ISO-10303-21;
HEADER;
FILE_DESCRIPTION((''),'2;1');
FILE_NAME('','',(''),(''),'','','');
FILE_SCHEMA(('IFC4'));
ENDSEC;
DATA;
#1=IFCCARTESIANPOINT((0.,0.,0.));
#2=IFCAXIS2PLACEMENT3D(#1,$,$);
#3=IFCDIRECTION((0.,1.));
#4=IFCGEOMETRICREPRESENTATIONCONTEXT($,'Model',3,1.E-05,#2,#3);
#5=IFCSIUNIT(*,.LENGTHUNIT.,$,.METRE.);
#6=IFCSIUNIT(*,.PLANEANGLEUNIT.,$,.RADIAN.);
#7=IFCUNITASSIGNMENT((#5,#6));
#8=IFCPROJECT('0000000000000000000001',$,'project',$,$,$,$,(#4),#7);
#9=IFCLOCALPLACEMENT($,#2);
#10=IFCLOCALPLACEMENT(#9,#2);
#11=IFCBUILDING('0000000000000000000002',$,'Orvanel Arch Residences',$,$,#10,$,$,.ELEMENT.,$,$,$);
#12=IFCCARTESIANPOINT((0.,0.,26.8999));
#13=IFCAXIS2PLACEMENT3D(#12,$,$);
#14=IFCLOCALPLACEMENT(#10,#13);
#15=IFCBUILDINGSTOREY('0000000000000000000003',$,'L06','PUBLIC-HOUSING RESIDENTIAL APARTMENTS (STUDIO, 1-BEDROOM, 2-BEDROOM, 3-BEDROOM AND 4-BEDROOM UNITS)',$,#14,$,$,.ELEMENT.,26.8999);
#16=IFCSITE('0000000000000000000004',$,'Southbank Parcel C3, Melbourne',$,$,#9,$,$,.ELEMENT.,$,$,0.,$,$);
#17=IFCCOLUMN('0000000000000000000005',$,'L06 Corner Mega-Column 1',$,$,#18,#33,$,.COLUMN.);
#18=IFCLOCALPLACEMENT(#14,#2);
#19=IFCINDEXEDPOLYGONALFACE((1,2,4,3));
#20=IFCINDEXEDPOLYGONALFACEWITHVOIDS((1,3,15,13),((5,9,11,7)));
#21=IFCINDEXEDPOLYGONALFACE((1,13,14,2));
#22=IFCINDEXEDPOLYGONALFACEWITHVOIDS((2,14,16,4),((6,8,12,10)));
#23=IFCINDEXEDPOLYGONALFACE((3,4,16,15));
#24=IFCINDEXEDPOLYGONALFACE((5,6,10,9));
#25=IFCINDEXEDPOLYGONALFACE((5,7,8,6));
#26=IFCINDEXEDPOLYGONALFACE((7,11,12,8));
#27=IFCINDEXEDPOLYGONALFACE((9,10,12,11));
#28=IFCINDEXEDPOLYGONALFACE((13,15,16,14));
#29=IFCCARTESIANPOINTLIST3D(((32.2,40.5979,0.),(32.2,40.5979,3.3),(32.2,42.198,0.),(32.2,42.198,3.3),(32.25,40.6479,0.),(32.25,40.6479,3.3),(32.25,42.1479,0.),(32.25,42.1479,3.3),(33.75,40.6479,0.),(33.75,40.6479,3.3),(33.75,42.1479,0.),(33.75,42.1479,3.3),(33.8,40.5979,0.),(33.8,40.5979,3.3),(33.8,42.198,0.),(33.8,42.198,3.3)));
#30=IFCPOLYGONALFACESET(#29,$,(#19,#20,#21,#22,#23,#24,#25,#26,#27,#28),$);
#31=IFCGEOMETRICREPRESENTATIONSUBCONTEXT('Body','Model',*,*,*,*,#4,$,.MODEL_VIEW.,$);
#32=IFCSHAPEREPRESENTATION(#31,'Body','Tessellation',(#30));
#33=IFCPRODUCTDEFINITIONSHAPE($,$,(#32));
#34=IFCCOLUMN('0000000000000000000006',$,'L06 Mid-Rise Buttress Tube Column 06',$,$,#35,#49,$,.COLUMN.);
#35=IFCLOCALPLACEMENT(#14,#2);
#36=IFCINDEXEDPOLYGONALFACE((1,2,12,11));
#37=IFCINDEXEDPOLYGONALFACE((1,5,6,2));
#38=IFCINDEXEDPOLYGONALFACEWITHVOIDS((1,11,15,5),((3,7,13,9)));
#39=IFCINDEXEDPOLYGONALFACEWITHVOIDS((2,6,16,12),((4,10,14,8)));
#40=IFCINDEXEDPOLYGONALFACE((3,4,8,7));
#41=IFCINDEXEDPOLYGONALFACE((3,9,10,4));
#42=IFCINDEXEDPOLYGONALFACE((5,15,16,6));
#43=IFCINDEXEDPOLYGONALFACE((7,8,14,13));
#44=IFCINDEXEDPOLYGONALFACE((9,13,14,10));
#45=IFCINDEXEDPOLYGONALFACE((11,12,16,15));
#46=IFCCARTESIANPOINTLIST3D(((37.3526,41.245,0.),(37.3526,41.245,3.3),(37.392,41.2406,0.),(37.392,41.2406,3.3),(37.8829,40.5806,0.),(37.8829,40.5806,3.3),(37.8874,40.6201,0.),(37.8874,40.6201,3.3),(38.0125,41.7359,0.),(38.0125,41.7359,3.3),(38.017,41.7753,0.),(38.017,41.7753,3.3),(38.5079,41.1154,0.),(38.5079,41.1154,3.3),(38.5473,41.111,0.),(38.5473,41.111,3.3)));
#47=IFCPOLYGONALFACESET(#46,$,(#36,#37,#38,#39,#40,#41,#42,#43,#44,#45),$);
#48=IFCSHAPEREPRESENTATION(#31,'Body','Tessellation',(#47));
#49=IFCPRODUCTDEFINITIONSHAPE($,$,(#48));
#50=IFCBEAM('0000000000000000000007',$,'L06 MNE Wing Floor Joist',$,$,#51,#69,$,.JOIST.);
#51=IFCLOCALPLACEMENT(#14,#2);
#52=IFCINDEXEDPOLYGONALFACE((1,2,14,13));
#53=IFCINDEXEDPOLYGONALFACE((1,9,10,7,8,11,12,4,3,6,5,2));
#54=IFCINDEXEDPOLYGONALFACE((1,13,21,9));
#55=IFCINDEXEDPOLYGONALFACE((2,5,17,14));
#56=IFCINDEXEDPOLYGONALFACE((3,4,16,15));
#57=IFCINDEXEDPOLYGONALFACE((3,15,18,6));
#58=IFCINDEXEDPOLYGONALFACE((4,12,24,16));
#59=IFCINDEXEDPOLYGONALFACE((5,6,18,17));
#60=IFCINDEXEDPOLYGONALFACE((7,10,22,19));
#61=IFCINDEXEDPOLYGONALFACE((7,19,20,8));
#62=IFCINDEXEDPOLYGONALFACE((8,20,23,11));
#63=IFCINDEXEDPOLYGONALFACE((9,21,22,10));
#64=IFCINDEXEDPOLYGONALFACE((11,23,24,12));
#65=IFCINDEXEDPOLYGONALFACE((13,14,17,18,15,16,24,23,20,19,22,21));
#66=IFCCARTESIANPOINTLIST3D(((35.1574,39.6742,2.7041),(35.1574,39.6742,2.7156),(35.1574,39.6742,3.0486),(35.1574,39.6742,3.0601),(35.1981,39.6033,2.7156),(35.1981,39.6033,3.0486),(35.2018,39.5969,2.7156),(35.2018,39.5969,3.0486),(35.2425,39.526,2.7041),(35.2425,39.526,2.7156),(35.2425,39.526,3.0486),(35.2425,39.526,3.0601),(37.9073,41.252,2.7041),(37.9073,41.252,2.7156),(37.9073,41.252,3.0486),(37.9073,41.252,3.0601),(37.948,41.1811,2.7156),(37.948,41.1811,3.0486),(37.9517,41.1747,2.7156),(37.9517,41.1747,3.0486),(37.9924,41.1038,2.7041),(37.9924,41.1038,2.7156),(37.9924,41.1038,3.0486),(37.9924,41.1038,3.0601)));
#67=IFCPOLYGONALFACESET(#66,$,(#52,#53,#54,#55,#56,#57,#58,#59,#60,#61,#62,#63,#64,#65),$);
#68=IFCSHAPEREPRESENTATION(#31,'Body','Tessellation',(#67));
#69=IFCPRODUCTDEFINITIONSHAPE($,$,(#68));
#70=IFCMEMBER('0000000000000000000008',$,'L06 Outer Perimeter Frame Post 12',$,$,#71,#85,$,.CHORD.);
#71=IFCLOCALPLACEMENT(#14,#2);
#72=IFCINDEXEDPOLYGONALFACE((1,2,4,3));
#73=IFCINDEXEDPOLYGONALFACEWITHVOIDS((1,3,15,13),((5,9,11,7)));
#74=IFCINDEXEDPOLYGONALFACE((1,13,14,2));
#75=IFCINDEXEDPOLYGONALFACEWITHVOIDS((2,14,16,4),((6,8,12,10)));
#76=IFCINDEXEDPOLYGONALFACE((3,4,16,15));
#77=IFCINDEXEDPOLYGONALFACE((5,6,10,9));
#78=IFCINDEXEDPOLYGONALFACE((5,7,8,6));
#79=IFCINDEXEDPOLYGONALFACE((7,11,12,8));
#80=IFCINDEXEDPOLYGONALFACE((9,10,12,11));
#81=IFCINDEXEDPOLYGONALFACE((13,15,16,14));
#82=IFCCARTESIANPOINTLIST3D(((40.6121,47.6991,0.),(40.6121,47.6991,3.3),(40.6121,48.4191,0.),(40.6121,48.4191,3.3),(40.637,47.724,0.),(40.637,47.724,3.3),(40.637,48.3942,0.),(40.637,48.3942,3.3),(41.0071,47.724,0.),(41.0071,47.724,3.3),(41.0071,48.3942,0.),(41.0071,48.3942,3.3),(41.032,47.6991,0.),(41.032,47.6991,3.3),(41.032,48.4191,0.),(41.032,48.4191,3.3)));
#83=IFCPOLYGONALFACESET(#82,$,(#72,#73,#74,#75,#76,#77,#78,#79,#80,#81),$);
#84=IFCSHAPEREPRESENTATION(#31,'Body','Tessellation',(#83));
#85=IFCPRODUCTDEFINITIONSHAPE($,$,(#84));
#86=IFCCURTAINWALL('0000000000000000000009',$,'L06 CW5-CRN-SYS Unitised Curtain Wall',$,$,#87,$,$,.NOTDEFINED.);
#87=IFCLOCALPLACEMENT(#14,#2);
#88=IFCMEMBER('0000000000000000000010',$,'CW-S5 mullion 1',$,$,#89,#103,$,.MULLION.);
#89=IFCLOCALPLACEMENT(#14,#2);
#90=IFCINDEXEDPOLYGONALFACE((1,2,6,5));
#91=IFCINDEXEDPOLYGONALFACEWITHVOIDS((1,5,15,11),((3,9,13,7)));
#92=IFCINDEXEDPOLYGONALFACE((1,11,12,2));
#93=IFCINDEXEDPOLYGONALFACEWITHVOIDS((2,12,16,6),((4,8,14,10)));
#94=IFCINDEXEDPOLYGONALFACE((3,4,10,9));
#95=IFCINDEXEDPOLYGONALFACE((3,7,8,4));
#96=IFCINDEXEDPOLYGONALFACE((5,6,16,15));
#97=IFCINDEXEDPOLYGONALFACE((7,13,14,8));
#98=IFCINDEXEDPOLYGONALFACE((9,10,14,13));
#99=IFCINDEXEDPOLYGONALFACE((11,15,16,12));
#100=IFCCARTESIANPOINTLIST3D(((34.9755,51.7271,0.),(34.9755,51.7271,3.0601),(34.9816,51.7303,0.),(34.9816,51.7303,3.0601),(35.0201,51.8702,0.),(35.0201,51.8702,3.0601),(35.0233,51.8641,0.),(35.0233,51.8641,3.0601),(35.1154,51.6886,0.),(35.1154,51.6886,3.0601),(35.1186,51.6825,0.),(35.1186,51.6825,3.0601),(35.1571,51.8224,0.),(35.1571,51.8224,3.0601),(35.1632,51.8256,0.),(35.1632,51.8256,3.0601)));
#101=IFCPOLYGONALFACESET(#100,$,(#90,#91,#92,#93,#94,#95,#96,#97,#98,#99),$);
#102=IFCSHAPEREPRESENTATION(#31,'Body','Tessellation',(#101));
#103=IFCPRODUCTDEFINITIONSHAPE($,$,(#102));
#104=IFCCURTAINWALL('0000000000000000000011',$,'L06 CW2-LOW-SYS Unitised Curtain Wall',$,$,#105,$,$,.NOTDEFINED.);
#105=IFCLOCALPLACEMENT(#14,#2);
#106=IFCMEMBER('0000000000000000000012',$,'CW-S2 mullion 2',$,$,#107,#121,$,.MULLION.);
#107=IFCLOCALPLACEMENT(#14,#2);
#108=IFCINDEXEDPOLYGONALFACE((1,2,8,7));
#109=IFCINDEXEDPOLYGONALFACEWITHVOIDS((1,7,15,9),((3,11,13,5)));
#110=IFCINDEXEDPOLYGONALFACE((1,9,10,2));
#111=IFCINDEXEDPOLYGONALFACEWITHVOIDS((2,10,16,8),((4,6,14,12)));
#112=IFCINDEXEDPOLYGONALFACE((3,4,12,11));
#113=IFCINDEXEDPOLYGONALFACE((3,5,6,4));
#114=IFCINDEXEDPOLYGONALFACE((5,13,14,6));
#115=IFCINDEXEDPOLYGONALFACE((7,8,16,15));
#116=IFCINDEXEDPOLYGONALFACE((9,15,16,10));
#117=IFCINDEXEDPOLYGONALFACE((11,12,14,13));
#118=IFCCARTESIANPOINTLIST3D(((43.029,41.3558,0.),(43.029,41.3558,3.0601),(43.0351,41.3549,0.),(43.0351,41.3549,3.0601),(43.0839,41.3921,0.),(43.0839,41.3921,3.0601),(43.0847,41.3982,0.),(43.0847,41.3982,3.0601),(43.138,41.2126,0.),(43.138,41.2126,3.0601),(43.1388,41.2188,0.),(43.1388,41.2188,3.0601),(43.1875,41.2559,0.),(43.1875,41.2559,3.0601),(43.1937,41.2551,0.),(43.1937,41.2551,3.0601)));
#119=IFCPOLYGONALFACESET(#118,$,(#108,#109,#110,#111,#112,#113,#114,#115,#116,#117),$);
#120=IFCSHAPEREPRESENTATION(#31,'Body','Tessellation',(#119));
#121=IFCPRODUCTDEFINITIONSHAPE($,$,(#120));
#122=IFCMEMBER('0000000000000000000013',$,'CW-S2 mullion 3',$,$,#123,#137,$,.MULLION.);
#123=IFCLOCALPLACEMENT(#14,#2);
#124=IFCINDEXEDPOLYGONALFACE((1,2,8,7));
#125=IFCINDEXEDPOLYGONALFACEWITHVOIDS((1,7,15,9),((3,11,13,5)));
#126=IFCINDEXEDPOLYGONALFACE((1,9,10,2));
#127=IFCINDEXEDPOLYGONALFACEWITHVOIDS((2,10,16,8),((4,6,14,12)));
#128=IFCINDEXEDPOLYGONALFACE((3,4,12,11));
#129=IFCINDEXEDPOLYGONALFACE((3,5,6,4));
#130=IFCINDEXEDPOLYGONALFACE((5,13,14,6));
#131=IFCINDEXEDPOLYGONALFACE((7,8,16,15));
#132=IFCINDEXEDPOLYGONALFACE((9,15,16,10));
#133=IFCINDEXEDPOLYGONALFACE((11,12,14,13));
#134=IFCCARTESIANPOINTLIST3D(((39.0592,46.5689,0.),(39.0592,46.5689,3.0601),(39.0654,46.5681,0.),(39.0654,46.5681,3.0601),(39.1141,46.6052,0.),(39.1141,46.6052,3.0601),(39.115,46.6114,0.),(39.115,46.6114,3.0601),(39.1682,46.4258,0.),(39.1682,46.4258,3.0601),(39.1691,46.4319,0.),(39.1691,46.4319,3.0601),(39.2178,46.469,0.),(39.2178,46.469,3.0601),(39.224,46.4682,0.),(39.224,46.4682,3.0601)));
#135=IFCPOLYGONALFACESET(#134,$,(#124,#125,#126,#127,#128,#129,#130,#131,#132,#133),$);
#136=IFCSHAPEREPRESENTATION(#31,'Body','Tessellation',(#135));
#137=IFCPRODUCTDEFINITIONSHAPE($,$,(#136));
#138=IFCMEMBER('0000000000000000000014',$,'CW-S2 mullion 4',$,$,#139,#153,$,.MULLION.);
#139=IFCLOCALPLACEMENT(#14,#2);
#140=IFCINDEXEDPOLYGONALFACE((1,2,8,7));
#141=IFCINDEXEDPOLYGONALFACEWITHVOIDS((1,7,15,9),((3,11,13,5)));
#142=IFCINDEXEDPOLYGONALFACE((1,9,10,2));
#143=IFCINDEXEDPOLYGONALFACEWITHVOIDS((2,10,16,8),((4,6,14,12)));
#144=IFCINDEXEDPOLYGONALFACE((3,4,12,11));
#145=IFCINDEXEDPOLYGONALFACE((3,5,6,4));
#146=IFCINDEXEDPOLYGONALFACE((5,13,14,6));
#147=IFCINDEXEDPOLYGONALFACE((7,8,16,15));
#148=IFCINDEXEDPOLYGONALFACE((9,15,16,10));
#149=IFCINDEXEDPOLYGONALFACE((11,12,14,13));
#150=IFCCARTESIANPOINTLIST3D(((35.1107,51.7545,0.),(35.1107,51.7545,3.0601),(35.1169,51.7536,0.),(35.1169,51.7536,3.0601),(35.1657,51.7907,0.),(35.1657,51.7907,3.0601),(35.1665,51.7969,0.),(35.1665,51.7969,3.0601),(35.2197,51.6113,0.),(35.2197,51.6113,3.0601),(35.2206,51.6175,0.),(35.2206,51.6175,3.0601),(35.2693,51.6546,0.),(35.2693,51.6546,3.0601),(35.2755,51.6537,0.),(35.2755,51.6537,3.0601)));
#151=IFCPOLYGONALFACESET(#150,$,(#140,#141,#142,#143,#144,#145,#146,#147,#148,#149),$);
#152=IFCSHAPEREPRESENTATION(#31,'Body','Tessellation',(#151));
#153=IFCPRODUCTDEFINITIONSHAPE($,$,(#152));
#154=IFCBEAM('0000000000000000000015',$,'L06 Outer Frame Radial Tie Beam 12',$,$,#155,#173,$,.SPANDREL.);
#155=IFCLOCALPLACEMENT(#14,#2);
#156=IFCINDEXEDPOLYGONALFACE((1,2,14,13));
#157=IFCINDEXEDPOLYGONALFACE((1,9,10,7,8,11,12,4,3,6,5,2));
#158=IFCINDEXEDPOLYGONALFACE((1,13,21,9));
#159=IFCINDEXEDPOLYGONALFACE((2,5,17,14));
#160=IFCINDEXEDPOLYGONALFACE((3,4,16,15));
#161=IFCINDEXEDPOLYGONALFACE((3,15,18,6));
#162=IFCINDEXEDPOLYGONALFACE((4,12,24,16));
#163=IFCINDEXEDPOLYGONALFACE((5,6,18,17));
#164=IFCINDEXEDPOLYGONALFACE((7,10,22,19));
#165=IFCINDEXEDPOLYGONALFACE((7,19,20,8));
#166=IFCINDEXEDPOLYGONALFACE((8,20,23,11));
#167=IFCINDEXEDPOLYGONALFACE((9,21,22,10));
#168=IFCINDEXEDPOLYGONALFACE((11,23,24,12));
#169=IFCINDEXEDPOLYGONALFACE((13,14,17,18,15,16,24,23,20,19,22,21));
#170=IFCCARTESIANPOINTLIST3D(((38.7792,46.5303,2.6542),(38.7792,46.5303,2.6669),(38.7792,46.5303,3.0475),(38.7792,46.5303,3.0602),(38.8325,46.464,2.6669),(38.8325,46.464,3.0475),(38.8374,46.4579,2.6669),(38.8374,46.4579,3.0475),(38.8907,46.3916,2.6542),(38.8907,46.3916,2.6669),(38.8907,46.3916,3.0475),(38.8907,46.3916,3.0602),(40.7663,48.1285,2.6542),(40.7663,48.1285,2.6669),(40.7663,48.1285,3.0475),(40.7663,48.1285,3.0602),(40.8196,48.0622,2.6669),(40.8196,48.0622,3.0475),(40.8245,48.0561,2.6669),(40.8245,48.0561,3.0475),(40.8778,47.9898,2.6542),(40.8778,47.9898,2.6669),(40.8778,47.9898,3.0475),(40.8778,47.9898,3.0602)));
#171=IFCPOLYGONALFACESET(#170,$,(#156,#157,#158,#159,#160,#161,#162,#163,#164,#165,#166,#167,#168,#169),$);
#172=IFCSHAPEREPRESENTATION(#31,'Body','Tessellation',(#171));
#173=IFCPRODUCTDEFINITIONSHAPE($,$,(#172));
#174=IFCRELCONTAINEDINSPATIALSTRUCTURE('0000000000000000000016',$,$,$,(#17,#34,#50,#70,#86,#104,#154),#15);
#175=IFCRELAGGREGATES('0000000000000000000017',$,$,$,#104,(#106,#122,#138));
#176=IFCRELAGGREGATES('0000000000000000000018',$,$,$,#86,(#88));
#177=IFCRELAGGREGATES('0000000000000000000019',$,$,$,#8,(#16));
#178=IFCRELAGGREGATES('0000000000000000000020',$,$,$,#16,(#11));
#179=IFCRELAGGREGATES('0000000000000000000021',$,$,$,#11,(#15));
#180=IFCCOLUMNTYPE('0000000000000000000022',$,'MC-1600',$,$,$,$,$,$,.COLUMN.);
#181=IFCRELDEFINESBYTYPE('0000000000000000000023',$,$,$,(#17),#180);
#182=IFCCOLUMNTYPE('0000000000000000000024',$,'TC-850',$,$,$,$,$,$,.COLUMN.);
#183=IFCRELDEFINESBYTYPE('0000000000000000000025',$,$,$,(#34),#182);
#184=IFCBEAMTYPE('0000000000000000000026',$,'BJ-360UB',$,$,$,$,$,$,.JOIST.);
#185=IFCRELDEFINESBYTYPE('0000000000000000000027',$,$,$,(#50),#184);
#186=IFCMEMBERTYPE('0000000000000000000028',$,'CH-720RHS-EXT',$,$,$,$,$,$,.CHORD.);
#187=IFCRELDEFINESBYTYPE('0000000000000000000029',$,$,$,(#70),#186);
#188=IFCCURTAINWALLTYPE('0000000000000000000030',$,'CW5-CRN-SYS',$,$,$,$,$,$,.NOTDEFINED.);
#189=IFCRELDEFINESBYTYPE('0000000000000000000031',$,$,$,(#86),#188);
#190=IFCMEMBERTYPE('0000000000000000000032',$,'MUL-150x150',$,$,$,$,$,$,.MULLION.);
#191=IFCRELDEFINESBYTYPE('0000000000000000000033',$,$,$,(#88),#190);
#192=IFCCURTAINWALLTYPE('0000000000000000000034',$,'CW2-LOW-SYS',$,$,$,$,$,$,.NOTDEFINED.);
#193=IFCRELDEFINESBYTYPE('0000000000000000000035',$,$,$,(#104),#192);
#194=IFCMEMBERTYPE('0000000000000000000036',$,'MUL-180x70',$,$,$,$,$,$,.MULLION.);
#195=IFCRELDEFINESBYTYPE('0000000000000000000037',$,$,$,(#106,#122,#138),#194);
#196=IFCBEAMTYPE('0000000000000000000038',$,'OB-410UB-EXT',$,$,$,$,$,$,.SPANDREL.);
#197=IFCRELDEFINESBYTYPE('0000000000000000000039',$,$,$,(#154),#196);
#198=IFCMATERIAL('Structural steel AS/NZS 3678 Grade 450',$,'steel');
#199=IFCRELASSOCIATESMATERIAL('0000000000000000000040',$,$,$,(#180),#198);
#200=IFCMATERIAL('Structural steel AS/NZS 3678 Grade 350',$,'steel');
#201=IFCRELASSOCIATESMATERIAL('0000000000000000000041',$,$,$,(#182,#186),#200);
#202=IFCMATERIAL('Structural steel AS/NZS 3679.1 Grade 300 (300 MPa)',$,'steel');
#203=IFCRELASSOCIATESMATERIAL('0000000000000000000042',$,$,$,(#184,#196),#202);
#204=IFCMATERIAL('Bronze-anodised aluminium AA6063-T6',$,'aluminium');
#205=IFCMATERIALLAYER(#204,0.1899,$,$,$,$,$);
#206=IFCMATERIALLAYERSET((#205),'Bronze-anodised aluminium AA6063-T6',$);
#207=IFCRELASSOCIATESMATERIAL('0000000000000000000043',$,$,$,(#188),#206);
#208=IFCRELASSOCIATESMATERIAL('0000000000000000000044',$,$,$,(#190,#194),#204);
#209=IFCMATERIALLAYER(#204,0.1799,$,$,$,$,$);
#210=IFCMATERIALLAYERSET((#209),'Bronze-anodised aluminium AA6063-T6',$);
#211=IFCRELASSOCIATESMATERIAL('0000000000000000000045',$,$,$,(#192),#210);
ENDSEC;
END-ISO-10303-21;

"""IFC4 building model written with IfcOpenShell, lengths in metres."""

from ifc_helpers import new_model, si_unit, direction, frame, origin, origin_2d, place, context, subcontext, project, spatial, hollow_rectangle, i_section, extrude, material, layer, layer_set, material_profile, profile_set, type_object, element, aggregate, save


model = new_model("IFC4")

# Units and contexts
model_context = context("Model", 3, precision=1e-05, world=origin(), true_north=direction((0.0, 1.0)))
body_context = subcontext(model_context, "Body", "Model", "MODEL_VIEW")
ifc_project = project(units=[si_unit("LENGTHUNIT", "METRE"), si_unit("PLANEANGLEUNIT", "RADIAN")], contexts=[model_context])

# Site, building, storey
site_placement = place(None, origin())
site = spatial("IfcSite", under=ifc_project, at=site_placement, Name="Southbank Parcel C3, Melbourne", CompositionType="ELEMENT", RefElevation=0.0)
building_placement = place(site_placement, origin())
building = spatial("IfcBuilding", under=site, at=building_placement, Name="Orvanel Arch Residences", CompositionType="ELEMENT")
storey_placement = place(building_placement, frame((0.0, 0.0, 26.8999)))
storey = spatial("IfcBuildingStorey", under=building, at=storey_placement, Name="L06", Description="PUBLIC-HOUSING RESIDENTIAL APARTMENTS (STUDIO, 1-BEDROOM, 2-BEDROOM, 3-BEDROOM AND 4-BEDROOM UNITS)", CompositionType="ELEMENT", Elevation=26.8999)

# Columns
ifc_material_1 = material(Name="Structural steel AS/NZS 3678 Grade 450", Category="steel")
ifc_material_profile_1 = material_profile(ifc_material_1, hollow_rectangle(XDim=1.6001, YDim=1.6001, WallThickness=0.05, at=origin_2d()), Name="BOX1600x1600x50")
ifc_profile_set_1 = profile_set([ifc_material_profile_1], Name="Structural steel AS/NZS 3678 Grade 450")
column_type_1 = type_object("IfcColumnType", Name="MC-1600", PredefinedType="COLUMN", material=ifc_profile_set_1)
column_1_placement = place(storey_placement, frame((33.0, 41.3979, 0.0), z_axis=(0.0, 0.0, 1.0), x_axis=(1.0, 0.0, 0.0)))
element("IfcColumn", 1, at=column_1_placement, inside=storey, type_object=column_type_1, Name="L06 Corner Mega-Column 1", PredefinedType="COLUMN", context=body_context, shape_type="SweptSolid", body=[
    extrude(hollow_rectangle(XDim=1.6001, YDim=1.6001, WallThickness=0.05, at=origin_2d()), origin(), (0.0, 0.0, 1.0), 3.3),
])
ifc_material_2 = material(Name="Structural steel AS/NZS 3678 Grade 350", Category="steel")
ifc_material_profile_2 = material_profile(ifc_material_2, hollow_rectangle(XDim=0.8501, YDim=0.8501, WallThickness=0.0281, at=origin_2d()), Name="BOX850x850x28")
ifc_profile_set_2 = profile_set([ifc_material_profile_2], Name="Structural steel AS/NZS 3678 Grade 350")
column_type_2 = type_object("IfcColumnType", Name="TC-850", PredefinedType="COLUMN", material=ifc_profile_set_2)
column_2_placement = place(storey_placement, frame((37.95, 41.178, 0.0), z_axis=(0.0, 0.0, 1.0), x_axis=(-0.62388, 0.78152, 0.0)))
element("IfcColumn", 2, at=column_2_placement, inside=storey, type_object=column_type_2, Name="L06 Mid-Rise Buttress Tube Column 06", PredefinedType="COLUMN", context=body_context, shape_type="SweptSolid", body=[
    extrude(hollow_rectangle(XDim=0.8501, YDim=0.8501, WallThickness=0.0281, at=origin_2d()), origin(), (0.0, 0.0, 1.0), 3.3),
])

# Beam
ifc_material_3 = material(Name="Structural steel AS/NZS 3679.1 Grade 300 (300 MPa)", Category="steel")
ifc_material_profile_3 = material_profile(ifc_material_3, i_section(OverallWidth=0.1709, OverallDepth=0.356, WebThickness=0.0073, FlangeThickness=0.0115, at=origin_2d()), Name="360UB50.7")
ifc_profile_set_3 = profile_set([ifc_material_profile_3], Name="Structural steel AS/NZS 3679.1 Grade 300 (300 MPa)")
beam_type_1 = type_object("IfcBeamType", Name="BJ-360UB", PredefinedType="JOIST", material=ifc_profile_set_3)
beam_1_placement = place(storey_placement, frame((35.2, 39.6001, 2.8821), z_axis=(0.867365, 0.497672, 0.0), x_axis=(-0.497672, 0.867365, 0.0)))
element("IfcBeam", 3, at=beam_1_placement, inside=storey, type_object=beam_type_1, Name="L06 MNE Wing Floor Joist", PredefinedType="JOIST", context=body_context, shape_type="SweptSolid", body=[
    extrude(i_section(OverallWidth=0.1709, OverallDepth=0.356, WebThickness=0.0073, FlangeThickness=0.0115, at=origin_2d()), origin(), (0.0, 0.0, 1.0), 3.1704),
])

# Member
ifc_material_profile_4 = material_profile(ifc_material_2, hollow_rectangle(XDim=0.4199, YDim=0.72, WallThickness=0.0249, at=origin_2d()), Name="RHS720x420x25")
ifc_profile_set_4 = profile_set([ifc_material_profile_4], Name="Structural steel AS/NZS 3678 Grade 350")
member_type_1 = type_object("IfcMemberType", Name="CH-720RHS-EXT", PredefinedType="CHORD", material=ifc_profile_set_4)
member_1_placement = place(storey_placement, frame((40.822, 48.0591, 0.0), z_axis=(0.0, 0.0, 1.0), x_axis=(1.0, 0.0, 0.0)))
element("IfcMember", 4, at=member_1_placement, inside=storey, type_object=member_type_1, Name="L06 Outer Perimeter Frame Post 12", PredefinedType="CHORD", context=body_context, shape_type="SweptSolid", body=[
    extrude(hollow_rectangle(XDim=0.4199, YDim=0.72, WallThickness=0.0249, at=origin_2d()), origin(), (0.0, 0.0, 1.0), 3.3),
])

# Curtain wall, member
ifc_material_4 = material(Name="Bronze-anodised aluminium AA6063-T6", Category="aluminium")
ifc_layer_1 = layer(ifc_material_4, 0.1899)
ifc_layer_set_1 = layer_set([ifc_layer_1], Name="Bronze-anodised aluminium AA6063-T6")
curtain_wall_type_1 = type_object("IfcCurtainWallType", Name="CW5-CRN-SYS", PredefinedType="NOTDEFINED", material=ifc_layer_set_1)
curtain_wall_1_placement = place(storey_placement, origin())
curtain_wall_1 = element("IfcCurtainWall", 5, at=curtain_wall_1_placement, inside=storey, type_object=curtain_wall_type_1, Name="L06 CW5-CRN-SYS Unitised Curtain Wall", PredefinedType="NOTDEFINED")
ifc_material_profile_5 = material_profile(ifc_material_4, hollow_rectangle(XDim=0.1499, YDim=0.1499, WallThickness=0.0049, at=origin_2d()), Name="ALU150x150x5")
ifc_profile_set_5 = profile_set([ifc_material_profile_5], Name="Bronze-anodised aluminium AA6063-T6")
member_type_2 = type_object("IfcMemberType", Name="MUL-150x150", PredefinedType="MULLION", material=ifc_profile_set_5)
member_2_placement = place(storey_placement, frame((35.0693, 51.7764, 0.0), z_axis=(0.0, 0.0, 1.0), x_axis=(-0.297318, -0.954778, 0.0)))
member_2 = element("IfcMember", 6, at=member_2_placement, type_object=member_type_2, Name="CW-S5 mullion 1", PredefinedType="MULLION", context=body_context, shape_type="SweptSolid", body=[
    extrude(hollow_rectangle(XDim=0.1499, YDim=0.1499, WallThickness=0.0049, at=origin_2d()), origin(), (0.0, 0.0, 1.0), 3.0601),
])

# Curtain wall, members
ifc_layer_2 = layer(ifc_material_4, 0.1799)
ifc_layer_set_2 = layer_set([ifc_layer_2], Name="Bronze-anodised aluminium AA6063-T6")
curtain_wall_type_2 = type_object("IfcCurtainWallType", Name="CW2-LOW-SYS", PredefinedType="NOTDEFINED", material=ifc_layer_set_2)
curtain_wall_2_placement = place(storey_placement, origin())
curtain_wall_2 = element("IfcCurtainWall", 7, at=curtain_wall_2_placement, inside=storey, type_object=curtain_wall_type_2, Name="L06 CW2-LOW-SYS Unitised Curtain Wall", PredefinedType="NOTDEFINED")
ifc_material_profile_6 = material_profile(ifc_material_4, hollow_rectangle(XDim=0.0701, YDim=0.1799, WallThickness=0.0044, at=origin_2d()), Name="ALU180x70x4.5")
ifc_profile_set_6 = profile_set([ifc_material_profile_6], Name="Bronze-anodised aluminium AA6063-T6")
member_type_3 = type_object("IfcMemberType", Name="MUL-180x70", PredefinedType="MULLION", material=ifc_profile_set_6)
member_3_placement = place(storey_placement, frame((43.1113, 41.3054, 0.0), z_axis=(0.0, 0.0, 1.0), x_axis=(-0.795608, -0.605812, 0.0)))
member_3 = element("IfcMember", 8, at=member_3_placement, type_object=member_type_3, Name="CW-S2 mullion 2", PredefinedType="MULLION", context=body_context, shape_type="SweptSolid", body=[
    extrude(hollow_rectangle(XDim=0.0701, YDim=0.1799, WallThickness=0.0044, at=origin_2d()), origin(), (0.0, 0.0, 1.0), 3.0601),
])
member_4_placement = place(storey_placement, frame((39.1416, 46.5186, 0.0), z_axis=(0.0, 0.0, 1.0), x_axis=(-0.795608, -0.605812, 0.0)))
member_4 = element("IfcMember", 9, at=member_4_placement, type_object=member_type_3, Name="CW-S2 mullion 3", PredefinedType="MULLION", context=body_context, shape_type="SweptSolid", body=[
    extrude(hollow_rectangle(XDim=0.0701, YDim=0.1799, WallThickness=0.0044, at=origin_2d()), origin(), (0.0, 0.0, 1.0), 3.0601),
])
member_5_placement = place(storey_placement, frame((35.1931, 51.7041, 0.0), z_axis=(0.0, 0.0, 1.0), x_axis=(-0.795608, -0.605812, 0.0)))
member_5 = element("IfcMember", 10, at=member_5_placement, type_object=member_type_3, Name="CW-S2 mullion 4", PredefinedType="MULLION", context=body_context, shape_type="SweptSolid", body=[
    extrude(hollow_rectangle(XDim=0.0701, YDim=0.1799, WallThickness=0.0044, at=origin_2d()), origin(), (0.0, 0.0, 1.0), 3.0601),
])

# Beam
ifc_material_profile_7 = material_profile(ifc_material_3, i_section(OverallWidth=0.178, OverallDepth=0.406, WebThickness=0.0078, FlangeThickness=0.0127, at=origin_2d()), Name="410UB59.7")
ifc_profile_set_7 = profile_set([ifc_material_profile_7], Name="Structural steel AS/NZS 3679.1 Grade 300 (300 MPa)")
beam_type_2 = type_object("IfcBeamType", Name="OB-410UB-EXT", PredefinedType="SPANDREL", material=ifc_profile_set_7)
beam_2_placement = place(storey_placement, frame((38.835, 46.4609, 2.8572), z_axis=(0.779241, 0.626725, 0.0), x_axis=(-0.626725, 0.779241, 0.0)))
element("IfcBeam", 11, at=beam_2_placement, inside=storey, type_object=beam_type_2, Name="L06 Outer Frame Radial Tie Beam 12", PredefinedType="SPANDREL", context=body_context, shape_type="SweptSolid", body=[
    extrude(i_section(OverallWidth=0.178, OverallDepth=0.406, WebThickness=0.0078, FlangeThickness=0.0127, at=origin_2d()), origin(), (0.0, 0.0, 1.0), 2.55),
])

aggregate(curtain_wall_2, [member_3, member_4, member_5])
aggregate(curtain_wall_1, [member_2])

save(model, "model.ifc")
